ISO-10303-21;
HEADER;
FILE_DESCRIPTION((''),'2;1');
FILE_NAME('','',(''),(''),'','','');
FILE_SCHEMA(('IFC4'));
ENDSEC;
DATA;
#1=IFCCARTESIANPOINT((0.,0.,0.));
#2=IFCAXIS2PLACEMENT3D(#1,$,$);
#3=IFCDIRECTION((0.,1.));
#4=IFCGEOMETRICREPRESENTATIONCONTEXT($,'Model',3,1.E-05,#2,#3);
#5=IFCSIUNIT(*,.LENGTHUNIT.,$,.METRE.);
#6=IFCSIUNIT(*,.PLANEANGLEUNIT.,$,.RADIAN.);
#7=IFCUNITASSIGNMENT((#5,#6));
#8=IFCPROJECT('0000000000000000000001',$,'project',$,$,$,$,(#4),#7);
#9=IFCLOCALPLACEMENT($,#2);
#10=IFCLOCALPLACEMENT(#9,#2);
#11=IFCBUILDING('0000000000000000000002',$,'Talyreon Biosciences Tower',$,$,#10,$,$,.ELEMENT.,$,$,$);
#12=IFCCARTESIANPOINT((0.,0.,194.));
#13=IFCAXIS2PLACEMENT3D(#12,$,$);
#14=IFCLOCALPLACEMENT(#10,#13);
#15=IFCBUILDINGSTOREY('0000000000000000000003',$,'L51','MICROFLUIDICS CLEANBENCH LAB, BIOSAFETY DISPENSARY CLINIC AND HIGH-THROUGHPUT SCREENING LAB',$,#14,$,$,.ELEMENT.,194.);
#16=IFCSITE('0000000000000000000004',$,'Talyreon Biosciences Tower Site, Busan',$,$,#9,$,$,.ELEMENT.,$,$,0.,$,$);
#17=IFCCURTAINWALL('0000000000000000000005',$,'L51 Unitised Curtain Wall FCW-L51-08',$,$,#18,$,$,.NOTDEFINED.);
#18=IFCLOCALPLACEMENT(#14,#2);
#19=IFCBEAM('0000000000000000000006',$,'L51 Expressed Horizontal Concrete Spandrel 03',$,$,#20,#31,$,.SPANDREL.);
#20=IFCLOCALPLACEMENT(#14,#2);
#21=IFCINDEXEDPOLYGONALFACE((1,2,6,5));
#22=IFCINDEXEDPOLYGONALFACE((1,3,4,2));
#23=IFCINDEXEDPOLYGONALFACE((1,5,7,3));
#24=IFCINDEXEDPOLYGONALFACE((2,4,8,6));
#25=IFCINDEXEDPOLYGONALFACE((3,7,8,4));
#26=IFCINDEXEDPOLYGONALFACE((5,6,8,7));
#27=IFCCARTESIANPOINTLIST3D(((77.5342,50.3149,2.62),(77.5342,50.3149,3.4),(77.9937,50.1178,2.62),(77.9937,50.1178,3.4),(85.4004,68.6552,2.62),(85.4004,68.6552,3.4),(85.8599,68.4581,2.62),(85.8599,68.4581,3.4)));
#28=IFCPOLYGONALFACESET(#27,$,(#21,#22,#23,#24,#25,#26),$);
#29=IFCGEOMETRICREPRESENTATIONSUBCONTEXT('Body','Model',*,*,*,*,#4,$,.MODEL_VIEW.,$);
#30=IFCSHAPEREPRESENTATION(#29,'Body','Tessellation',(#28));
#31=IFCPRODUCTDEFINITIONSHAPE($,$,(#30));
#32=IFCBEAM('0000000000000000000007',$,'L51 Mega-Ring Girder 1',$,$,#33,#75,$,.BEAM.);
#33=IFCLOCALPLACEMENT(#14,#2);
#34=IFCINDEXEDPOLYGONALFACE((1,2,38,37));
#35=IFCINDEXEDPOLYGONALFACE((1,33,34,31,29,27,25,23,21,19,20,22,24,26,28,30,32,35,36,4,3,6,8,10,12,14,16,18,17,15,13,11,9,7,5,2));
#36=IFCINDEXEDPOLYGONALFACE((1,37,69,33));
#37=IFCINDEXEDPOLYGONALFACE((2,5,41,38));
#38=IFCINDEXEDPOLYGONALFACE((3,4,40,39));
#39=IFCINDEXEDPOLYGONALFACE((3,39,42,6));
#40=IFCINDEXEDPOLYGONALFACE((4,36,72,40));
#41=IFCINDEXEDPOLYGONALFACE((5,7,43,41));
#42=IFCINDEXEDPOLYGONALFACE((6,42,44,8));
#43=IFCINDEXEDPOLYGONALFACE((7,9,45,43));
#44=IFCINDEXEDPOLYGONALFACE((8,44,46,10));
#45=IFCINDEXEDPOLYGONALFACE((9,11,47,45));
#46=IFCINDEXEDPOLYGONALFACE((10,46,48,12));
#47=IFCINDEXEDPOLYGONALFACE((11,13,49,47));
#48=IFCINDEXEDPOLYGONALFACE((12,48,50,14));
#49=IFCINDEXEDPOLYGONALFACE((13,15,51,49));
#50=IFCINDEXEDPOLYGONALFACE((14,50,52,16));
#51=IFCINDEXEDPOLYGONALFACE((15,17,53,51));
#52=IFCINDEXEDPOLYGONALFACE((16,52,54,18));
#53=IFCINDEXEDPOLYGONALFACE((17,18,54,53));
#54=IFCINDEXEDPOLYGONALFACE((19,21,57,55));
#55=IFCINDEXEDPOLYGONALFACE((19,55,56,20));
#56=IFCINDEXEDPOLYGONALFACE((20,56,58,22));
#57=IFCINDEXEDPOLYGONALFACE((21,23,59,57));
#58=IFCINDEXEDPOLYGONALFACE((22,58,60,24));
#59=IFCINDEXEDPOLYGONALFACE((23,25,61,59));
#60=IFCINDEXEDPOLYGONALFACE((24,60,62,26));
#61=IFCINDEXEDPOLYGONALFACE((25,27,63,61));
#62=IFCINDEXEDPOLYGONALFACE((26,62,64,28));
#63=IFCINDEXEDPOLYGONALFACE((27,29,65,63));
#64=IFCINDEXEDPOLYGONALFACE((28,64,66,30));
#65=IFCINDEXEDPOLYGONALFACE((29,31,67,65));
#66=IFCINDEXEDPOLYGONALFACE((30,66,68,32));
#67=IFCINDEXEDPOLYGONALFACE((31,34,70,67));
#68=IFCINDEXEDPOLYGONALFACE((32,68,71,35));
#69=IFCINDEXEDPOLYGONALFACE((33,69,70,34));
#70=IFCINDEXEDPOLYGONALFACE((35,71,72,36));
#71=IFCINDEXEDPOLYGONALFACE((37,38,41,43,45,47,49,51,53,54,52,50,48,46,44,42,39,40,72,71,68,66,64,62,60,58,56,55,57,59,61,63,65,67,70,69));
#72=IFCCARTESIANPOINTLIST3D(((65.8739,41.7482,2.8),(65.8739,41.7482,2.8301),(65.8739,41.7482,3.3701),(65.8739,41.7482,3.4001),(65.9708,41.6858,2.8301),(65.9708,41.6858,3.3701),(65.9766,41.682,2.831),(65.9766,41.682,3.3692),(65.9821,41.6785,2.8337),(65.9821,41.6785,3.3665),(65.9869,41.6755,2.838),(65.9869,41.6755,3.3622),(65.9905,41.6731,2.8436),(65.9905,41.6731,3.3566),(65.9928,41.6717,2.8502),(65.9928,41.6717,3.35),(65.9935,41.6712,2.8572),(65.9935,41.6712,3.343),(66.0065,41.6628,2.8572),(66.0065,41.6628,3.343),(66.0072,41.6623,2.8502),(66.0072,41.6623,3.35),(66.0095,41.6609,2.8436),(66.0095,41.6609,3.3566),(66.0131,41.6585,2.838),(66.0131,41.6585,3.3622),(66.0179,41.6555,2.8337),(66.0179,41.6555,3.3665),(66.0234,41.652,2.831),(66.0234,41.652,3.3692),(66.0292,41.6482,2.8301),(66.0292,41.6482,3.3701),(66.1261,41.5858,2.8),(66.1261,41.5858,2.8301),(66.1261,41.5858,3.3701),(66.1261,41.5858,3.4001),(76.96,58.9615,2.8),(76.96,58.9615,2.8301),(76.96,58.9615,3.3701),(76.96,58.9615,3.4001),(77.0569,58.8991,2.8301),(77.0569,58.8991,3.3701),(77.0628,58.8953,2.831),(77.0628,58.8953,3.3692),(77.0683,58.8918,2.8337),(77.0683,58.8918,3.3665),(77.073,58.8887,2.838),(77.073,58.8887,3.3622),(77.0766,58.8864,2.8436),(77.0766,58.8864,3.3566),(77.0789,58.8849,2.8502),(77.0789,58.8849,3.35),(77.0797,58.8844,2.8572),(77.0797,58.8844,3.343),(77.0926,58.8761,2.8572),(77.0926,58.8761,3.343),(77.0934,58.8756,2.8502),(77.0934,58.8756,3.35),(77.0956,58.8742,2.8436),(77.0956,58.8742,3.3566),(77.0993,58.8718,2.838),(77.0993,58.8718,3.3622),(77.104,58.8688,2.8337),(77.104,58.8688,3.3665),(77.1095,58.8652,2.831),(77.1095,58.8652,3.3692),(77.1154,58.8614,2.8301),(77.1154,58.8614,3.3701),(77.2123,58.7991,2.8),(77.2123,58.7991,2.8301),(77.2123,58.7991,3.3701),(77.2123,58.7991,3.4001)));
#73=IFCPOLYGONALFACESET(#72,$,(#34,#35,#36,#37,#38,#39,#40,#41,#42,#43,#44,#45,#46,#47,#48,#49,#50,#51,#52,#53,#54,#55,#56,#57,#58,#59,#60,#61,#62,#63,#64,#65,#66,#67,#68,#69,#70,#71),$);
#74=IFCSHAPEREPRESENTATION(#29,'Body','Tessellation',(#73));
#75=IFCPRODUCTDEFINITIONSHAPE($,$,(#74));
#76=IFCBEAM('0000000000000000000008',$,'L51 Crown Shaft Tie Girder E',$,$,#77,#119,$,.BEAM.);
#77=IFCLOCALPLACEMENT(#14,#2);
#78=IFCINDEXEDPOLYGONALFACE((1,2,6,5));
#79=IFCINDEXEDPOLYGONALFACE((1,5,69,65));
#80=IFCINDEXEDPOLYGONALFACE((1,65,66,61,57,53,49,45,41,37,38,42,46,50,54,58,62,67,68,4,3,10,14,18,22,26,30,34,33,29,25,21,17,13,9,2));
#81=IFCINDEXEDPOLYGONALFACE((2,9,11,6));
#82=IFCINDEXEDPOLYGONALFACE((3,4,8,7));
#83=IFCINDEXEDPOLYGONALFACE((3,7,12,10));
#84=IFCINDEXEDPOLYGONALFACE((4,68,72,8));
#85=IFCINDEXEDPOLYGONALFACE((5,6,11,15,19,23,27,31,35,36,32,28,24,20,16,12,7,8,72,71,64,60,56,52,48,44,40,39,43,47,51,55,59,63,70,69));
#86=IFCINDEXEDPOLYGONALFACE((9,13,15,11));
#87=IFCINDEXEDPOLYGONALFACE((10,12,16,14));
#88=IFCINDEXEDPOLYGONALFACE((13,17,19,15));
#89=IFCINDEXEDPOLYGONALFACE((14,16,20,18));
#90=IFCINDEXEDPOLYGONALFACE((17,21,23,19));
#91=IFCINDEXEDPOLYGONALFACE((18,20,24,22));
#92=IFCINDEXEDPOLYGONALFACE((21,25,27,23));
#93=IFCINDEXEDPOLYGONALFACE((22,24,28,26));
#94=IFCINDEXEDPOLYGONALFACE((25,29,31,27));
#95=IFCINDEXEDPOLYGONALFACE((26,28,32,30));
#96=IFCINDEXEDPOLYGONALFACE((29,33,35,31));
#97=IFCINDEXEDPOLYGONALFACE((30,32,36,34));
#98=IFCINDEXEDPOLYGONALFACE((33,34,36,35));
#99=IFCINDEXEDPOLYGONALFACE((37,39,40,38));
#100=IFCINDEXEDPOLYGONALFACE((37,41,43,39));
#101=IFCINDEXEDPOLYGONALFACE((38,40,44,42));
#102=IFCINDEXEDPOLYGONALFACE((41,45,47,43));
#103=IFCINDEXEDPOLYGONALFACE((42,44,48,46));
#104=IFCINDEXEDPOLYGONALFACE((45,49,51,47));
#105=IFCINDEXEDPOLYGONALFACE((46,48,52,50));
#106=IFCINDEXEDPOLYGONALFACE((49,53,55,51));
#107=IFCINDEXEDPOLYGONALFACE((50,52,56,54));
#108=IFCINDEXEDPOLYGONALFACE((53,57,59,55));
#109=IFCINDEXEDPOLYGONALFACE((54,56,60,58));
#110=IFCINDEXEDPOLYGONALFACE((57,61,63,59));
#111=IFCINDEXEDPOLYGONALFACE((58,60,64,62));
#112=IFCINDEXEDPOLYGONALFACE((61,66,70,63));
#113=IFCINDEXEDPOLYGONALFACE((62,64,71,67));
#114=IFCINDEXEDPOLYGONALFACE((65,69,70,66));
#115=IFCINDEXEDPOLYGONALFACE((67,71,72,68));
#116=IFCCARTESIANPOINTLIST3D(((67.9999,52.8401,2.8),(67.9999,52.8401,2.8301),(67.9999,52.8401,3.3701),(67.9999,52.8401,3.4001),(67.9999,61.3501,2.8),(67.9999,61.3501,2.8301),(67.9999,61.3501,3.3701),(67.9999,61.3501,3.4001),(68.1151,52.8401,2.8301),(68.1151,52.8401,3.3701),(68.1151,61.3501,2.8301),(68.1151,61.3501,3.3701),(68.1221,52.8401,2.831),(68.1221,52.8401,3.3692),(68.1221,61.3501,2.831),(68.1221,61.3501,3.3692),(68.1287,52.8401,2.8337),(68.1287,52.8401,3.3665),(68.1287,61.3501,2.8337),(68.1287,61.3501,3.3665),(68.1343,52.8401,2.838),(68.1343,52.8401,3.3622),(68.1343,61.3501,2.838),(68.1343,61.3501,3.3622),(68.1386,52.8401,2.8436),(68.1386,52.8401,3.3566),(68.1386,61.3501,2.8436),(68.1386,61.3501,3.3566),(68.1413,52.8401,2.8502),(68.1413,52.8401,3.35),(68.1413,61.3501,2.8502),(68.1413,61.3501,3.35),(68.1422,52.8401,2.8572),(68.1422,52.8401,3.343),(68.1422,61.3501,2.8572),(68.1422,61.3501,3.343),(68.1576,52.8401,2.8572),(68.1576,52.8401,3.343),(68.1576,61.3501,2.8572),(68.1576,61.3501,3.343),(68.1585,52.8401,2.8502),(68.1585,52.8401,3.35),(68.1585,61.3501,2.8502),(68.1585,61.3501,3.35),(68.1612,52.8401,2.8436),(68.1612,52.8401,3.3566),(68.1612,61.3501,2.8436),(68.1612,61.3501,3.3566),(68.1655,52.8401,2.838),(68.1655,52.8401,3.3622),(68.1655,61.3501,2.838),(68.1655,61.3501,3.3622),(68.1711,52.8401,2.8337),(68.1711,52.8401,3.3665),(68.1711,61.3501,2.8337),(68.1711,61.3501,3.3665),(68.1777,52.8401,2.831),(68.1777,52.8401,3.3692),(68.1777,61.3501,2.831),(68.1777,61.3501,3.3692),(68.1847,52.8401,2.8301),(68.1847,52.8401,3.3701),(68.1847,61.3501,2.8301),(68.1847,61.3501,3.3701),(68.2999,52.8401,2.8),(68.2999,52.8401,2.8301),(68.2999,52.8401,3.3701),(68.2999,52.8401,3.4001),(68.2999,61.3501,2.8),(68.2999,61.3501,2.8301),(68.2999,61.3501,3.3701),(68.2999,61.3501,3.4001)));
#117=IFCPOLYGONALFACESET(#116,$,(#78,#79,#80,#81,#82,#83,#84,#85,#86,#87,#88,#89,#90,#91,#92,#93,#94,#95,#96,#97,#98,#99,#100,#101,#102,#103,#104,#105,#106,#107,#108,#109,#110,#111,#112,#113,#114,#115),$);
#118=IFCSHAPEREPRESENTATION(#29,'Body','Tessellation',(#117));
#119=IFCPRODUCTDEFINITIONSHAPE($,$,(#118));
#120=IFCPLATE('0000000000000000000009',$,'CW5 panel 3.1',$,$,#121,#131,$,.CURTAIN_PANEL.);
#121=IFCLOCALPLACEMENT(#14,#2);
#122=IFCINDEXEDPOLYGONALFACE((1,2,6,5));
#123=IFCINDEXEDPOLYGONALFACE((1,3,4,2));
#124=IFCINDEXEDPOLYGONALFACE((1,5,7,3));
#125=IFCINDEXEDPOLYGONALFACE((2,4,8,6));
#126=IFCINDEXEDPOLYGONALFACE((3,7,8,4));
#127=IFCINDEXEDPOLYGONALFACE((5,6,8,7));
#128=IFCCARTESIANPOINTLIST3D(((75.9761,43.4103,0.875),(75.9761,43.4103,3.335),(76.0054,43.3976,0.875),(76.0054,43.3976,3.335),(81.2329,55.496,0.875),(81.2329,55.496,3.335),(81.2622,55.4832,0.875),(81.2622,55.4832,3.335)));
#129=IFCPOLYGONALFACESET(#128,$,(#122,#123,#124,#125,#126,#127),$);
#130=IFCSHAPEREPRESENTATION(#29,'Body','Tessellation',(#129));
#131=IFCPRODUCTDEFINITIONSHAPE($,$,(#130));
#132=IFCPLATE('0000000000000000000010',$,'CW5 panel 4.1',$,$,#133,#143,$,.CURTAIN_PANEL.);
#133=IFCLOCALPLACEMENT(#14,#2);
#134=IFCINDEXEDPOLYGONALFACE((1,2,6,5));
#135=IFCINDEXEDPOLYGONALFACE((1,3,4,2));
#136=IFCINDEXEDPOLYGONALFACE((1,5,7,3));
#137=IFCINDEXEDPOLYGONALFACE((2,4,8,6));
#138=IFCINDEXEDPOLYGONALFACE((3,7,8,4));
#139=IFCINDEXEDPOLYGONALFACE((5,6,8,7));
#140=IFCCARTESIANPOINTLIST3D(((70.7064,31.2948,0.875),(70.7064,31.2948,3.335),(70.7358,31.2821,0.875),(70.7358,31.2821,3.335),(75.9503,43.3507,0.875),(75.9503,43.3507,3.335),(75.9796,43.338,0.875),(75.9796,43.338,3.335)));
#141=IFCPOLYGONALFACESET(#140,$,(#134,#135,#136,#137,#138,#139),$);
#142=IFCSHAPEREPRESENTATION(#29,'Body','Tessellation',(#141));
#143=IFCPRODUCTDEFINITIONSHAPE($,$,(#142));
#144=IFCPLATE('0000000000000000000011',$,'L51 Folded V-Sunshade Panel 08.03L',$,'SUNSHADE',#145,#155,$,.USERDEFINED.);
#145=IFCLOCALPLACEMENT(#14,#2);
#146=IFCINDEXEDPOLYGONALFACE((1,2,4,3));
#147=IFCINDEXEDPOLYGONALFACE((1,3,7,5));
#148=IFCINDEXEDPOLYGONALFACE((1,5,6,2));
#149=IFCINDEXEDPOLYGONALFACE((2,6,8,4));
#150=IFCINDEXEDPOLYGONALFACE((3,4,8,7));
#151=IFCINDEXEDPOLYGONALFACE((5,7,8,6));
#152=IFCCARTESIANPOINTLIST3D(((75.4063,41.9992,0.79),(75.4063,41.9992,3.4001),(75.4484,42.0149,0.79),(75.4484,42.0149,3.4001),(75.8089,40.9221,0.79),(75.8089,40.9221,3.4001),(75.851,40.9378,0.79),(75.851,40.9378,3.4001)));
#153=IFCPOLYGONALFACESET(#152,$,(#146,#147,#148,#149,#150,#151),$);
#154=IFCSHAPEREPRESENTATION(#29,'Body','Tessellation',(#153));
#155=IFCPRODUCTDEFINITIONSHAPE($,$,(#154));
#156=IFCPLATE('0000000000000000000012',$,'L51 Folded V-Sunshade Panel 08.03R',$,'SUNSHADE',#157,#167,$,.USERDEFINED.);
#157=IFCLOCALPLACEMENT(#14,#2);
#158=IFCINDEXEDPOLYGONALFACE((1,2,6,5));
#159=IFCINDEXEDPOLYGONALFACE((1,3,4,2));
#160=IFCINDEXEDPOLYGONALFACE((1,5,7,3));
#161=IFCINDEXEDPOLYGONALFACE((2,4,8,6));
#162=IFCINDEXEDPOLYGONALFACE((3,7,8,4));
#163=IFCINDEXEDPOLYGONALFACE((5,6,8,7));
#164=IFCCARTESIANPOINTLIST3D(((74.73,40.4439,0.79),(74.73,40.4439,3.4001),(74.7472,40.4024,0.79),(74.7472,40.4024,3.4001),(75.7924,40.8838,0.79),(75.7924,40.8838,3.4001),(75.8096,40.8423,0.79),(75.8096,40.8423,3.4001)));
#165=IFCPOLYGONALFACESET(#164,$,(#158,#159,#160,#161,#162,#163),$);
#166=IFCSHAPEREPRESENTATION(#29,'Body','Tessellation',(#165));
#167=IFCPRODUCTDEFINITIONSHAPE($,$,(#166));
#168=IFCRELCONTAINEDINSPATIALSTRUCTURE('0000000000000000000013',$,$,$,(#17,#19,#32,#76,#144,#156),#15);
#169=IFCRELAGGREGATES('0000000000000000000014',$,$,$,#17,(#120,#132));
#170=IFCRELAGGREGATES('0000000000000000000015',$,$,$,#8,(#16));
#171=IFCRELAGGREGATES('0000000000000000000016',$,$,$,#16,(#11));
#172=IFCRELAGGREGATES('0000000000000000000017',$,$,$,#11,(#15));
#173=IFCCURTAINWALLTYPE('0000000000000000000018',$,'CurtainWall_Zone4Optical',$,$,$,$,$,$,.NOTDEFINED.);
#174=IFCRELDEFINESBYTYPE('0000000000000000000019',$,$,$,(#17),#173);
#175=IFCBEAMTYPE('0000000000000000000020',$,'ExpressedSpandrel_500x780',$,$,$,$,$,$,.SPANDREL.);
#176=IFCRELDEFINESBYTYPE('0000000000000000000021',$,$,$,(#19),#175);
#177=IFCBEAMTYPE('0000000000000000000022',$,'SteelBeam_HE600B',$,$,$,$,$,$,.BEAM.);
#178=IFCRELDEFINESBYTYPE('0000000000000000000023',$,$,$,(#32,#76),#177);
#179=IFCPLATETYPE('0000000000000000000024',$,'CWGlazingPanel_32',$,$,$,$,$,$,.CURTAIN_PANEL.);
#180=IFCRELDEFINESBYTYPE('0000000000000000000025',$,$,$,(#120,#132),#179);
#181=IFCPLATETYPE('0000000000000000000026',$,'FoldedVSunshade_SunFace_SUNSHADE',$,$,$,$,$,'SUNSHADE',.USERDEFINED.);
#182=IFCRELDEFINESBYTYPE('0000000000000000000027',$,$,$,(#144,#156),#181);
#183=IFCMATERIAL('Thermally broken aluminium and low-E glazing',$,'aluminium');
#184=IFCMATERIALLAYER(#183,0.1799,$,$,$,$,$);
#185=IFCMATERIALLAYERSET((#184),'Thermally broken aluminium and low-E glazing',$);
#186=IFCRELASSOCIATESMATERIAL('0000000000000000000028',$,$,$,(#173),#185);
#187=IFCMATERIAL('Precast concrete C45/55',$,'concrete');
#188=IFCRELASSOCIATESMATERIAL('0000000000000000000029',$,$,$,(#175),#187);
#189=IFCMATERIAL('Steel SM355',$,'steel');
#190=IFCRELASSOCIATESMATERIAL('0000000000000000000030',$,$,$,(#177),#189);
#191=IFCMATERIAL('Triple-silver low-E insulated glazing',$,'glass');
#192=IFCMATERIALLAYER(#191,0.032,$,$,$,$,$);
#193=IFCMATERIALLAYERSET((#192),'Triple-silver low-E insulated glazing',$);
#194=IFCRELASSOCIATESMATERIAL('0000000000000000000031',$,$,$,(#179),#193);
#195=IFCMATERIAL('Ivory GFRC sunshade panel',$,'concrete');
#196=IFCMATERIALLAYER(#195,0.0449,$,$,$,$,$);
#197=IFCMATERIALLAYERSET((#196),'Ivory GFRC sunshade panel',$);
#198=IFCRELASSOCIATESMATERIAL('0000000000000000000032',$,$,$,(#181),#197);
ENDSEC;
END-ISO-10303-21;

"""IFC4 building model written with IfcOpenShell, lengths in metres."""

from ifc_helpers import new_model, si_unit, direction, frame, origin, origin_2d, place, context, subcontext, project, spatial, rectangle, i_section, extrude, material, layer, layer_set, material_profile, profile_set, type_object, element, aggregate, save


model = new_model("IFC4")

# Units and contexts
model_context = context("Model", 3, precision=1e-05, world=origin(), true_north=direction((0.0, 1.0)))
body_context = subcontext(model_context, "Body", "Model", "MODEL_VIEW")
ifc_project = project(units=[si_unit("LENGTHUNIT", "METRE"), si_unit("PLANEANGLEUNIT", "RADIAN")], contexts=[model_context])

# Site, building, storey
site_placement = place(None, origin())
site = spatial("IfcSite", under=ifc_project, at=site_placement, Name="Talyreon Biosciences Tower Site, Busan", CompositionType="ELEMENT", RefElevation=0.0)
building_placement = place(site_placement, origin())
building = spatial("IfcBuilding", under=site, at=building_placement, Name="Talyreon Biosciences Tower", CompositionType="ELEMENT")
storey_placement = place(building_placement, frame((0.0, 0.0, 194.0)))
storey = spatial("IfcBuildingStorey", under=building, at=storey_placement, Name="L51", Description="MICROFLUIDICS CLEANBENCH LAB, BIOSAFETY DISPENSARY CLINIC AND HIGH-THROUGHPUT SCREENING LAB", CompositionType="ELEMENT", Elevation=194.0)

# Shared definitions
ifc_material_1 = material(Name="Precast concrete C45/55", Category="concrete")

# Curtain wall
ifc_material_2 = material(Name="Thermally broken aluminium and low-E glazing", Category="aluminium")
ifc_layer_1 = layer(ifc_material_2, 0.1799)
ifc_layer_set_1 = layer_set([ifc_layer_1], Name="Thermally broken aluminium and low-E glazing")
curtain_wall_type = type_object("IfcCurtainWallType", Name="CurtainWall_Zone4Optical", PredefinedType="NOTDEFINED", material=ifc_layer_set_1)
curtain_wall_placement = place(storey_placement, origin())
curtain_wall = element("IfcCurtainWall", 1, at=curtain_wall_placement, inside=storey, type_object=curtain_wall_type, Name="L51 Unitised Curtain Wall FCW-L51-08", PredefinedType="NOTDEFINED")

# Beams
ifc_material_profile_1 = material_profile(ifc_material_1, rectangle(XDim=0.5, YDim=0.78, at=origin_2d()), Name="RCB 500x780")
ifc_profile_set_1 = profile_set([ifc_material_profile_1], Name="Precast concrete C45/55")
beam_type_1 = type_object("IfcBeamType", Name="ExpressedSpandrel_500x780", PredefinedType="SPANDREL", material=ifc_profile_set_1)
beam_1_placement = place(storey_placement, frame((77.7639, 50.2163, 3.01), z_axis=(0.394176, 0.919035, 0.0), x_axis=(-0.919035, 0.394176, 0.0)))
element("IfcBeam", 2, at=beam_1_placement, inside=storey, type_object=beam_type_1, Name="L51 Expressed Horizontal Concrete Spandrel 03", PredefinedType="SPANDREL", context=body_context, shape_type="SweptSolid", body=[
    extrude(rectangle(XDim=0.5, YDim=0.78, at=origin_2d()), origin(), (0.0, 0.0, 1.0), 19.9561),
])
ifc_material_3 = material(Name="Steel SM355", Category="steel")
ifc_material_profile_2 = material_profile(ifc_material_3, i_section(OverallWidth=0.3, OverallDepth=0.6001, WebThickness=0.0154, FlangeThickness=0.03, FilletRadius=0.0271, at=origin_2d()), Name="HE600B")
ifc_profile_set_2 = profile_set([ifc_material_profile_2], Name="Steel SM355")
beam_type_2 = type_object("IfcBeamType", Name="SteelBeam_HE600B", PredefinedType="BEAM", material=ifc_profile_set_2)
beam_2_placement = place(storey_placement, frame((66.0, 41.667, 3.1001), z_axis=(0.541464, 0.840724, 0.0), x_axis=(-0.840724, 0.541464, 0.0)))
element("IfcBeam", 3, at=beam_2_placement, inside=storey, type_object=beam_type_2, Name="L51 Mega-Ring Girder 1", PredefinedType="BEAM", context=body_context, shape_type="SweptSolid", body=[
    extrude(i_section(OverallWidth=0.3, OverallDepth=0.6001, WebThickness=0.0154, FlangeThickness=0.03, FilletRadius=0.0271, at=origin_2d()), origin(), (0.0, 0.0, 1.0), 20.4744),
])
beam_3_placement = place(storey_placement, frame((68.1499, 52.8401, 3.1001), z_axis=(0.0, 1.0, 0.0), x_axis=(-1.0, 0.0, 0.0)))
element("IfcBeam", 4, at=beam_3_placement, inside=storey, type_object=beam_type_2, Name="L51 Crown Shaft Tie Girder E", PredefinedType="BEAM", context=body_context, shape_type="SweptSolid", body=[
    extrude(i_section(OverallWidth=0.3, OverallDepth=0.6001, WebThickness=0.0154, FlangeThickness=0.03, FilletRadius=0.0271, at=origin_2d()), origin(), (0.0, 0.0, 1.0), 8.51),
])

# Plates
ifc_material_4 = material(Name="Triple-silver low-E insulated glazing", Category="glass")
ifc_layer_2 = layer(ifc_material_4, 0.032)
ifc_layer_set_2 = layer_set([ifc_layer_2], Name="Triple-silver low-E insulated glazing")
plate_type_1 = type_object("IfcPlateType", Name="CWGlazingPanel_32", PredefinedType="CURTAIN_PANEL", material=ifc_layer_set_2)
plate_1_placement = place(storey_placement, frame((78.6191, 49.4468, 0.875), z_axis=(0.0, 0.0, 1.0), x_axis=(-0.398862, -0.917011, 0.0)))
plate_1 = element("IfcPlate", 5, at=plate_1_placement, type_object=plate_type_1, Name="CW5 panel 3.1", PredefinedType="CURTAIN_PANEL", context=body_context, shape_type="SweptSolid", body=[
    extrude(rectangle(XDim=13.1794, YDim=0.032, at=origin_2d()), origin(), (0.0, 0.0, 1.0), 2.46),
])
plate_2_placement = place(storey_placement, frame((73.343, 37.3164, 0.875), z_axis=(0.0, 0.0, 1.0), x_axis=(-0.398862, -0.917011, 0.0)))
plate_2 = element("IfcPlate", 6, at=plate_2_placement, type_object=plate_type_1, Name="CW5 panel 4.1", PredefinedType="CURTAIN_PANEL", context=body_context, shape_type="SweptSolid", body=[
    extrude(rectangle(XDim=13.147, YDim=0.032, at=origin_2d()), origin(), (0.0, 0.0, 1.0), 2.46),
])
aggregate(curtain_wall, [plate_1, plate_2])

# Plates
ifc_material_5 = material(Name="Ivory GFRC sunshade panel", Category="concrete")
ifc_layer_3 = layer(ifc_material_5, 0.0449)
ifc_layer_set_3 = layer_set([ifc_layer_3], Name="Ivory GFRC sunshade panel")
plate_type_2 = type_object("IfcPlateType", Name="FoldedVSunshade_SunFace_SUNSHADE", ElementType="SUNSHADE", PredefinedType="USERDEFINED", material=ifc_layer_set_3)
for number, where, z_axis, x_axis, name in (
    (7, (75.6287, 41.4685, 0.79), (0.0, 0.0, 1.0), (0.350093, -0.936715, 0.0), "L51 Folded V-Sunshade Panel 08.03L"),
    (8, (75.2698, 40.6431, 0.79), (0.0, 0.0, 1.0), (-0.923926, -0.382571, 0.0), "L51 Folded V-Sunshade Panel 08.03R"),
):
    element("IfcPlate", number, at=place(storey_placement, frame(where, z_axis=z_axis, x_axis=x_axis)), inside=storey, type_object=plate_type_2, Name=name, ObjectType="SUNSHADE", PredefinedType="USERDEFINED", context=body_context, shape_type="SweptSolid", body=[
        extrude(rectangle(XDim=1.1499, YDim=0.0449, at=origin_2d()), origin(), (0.0, 0.0, 1.0), 2.6101),
    ])

save(model, "model.ifc")
